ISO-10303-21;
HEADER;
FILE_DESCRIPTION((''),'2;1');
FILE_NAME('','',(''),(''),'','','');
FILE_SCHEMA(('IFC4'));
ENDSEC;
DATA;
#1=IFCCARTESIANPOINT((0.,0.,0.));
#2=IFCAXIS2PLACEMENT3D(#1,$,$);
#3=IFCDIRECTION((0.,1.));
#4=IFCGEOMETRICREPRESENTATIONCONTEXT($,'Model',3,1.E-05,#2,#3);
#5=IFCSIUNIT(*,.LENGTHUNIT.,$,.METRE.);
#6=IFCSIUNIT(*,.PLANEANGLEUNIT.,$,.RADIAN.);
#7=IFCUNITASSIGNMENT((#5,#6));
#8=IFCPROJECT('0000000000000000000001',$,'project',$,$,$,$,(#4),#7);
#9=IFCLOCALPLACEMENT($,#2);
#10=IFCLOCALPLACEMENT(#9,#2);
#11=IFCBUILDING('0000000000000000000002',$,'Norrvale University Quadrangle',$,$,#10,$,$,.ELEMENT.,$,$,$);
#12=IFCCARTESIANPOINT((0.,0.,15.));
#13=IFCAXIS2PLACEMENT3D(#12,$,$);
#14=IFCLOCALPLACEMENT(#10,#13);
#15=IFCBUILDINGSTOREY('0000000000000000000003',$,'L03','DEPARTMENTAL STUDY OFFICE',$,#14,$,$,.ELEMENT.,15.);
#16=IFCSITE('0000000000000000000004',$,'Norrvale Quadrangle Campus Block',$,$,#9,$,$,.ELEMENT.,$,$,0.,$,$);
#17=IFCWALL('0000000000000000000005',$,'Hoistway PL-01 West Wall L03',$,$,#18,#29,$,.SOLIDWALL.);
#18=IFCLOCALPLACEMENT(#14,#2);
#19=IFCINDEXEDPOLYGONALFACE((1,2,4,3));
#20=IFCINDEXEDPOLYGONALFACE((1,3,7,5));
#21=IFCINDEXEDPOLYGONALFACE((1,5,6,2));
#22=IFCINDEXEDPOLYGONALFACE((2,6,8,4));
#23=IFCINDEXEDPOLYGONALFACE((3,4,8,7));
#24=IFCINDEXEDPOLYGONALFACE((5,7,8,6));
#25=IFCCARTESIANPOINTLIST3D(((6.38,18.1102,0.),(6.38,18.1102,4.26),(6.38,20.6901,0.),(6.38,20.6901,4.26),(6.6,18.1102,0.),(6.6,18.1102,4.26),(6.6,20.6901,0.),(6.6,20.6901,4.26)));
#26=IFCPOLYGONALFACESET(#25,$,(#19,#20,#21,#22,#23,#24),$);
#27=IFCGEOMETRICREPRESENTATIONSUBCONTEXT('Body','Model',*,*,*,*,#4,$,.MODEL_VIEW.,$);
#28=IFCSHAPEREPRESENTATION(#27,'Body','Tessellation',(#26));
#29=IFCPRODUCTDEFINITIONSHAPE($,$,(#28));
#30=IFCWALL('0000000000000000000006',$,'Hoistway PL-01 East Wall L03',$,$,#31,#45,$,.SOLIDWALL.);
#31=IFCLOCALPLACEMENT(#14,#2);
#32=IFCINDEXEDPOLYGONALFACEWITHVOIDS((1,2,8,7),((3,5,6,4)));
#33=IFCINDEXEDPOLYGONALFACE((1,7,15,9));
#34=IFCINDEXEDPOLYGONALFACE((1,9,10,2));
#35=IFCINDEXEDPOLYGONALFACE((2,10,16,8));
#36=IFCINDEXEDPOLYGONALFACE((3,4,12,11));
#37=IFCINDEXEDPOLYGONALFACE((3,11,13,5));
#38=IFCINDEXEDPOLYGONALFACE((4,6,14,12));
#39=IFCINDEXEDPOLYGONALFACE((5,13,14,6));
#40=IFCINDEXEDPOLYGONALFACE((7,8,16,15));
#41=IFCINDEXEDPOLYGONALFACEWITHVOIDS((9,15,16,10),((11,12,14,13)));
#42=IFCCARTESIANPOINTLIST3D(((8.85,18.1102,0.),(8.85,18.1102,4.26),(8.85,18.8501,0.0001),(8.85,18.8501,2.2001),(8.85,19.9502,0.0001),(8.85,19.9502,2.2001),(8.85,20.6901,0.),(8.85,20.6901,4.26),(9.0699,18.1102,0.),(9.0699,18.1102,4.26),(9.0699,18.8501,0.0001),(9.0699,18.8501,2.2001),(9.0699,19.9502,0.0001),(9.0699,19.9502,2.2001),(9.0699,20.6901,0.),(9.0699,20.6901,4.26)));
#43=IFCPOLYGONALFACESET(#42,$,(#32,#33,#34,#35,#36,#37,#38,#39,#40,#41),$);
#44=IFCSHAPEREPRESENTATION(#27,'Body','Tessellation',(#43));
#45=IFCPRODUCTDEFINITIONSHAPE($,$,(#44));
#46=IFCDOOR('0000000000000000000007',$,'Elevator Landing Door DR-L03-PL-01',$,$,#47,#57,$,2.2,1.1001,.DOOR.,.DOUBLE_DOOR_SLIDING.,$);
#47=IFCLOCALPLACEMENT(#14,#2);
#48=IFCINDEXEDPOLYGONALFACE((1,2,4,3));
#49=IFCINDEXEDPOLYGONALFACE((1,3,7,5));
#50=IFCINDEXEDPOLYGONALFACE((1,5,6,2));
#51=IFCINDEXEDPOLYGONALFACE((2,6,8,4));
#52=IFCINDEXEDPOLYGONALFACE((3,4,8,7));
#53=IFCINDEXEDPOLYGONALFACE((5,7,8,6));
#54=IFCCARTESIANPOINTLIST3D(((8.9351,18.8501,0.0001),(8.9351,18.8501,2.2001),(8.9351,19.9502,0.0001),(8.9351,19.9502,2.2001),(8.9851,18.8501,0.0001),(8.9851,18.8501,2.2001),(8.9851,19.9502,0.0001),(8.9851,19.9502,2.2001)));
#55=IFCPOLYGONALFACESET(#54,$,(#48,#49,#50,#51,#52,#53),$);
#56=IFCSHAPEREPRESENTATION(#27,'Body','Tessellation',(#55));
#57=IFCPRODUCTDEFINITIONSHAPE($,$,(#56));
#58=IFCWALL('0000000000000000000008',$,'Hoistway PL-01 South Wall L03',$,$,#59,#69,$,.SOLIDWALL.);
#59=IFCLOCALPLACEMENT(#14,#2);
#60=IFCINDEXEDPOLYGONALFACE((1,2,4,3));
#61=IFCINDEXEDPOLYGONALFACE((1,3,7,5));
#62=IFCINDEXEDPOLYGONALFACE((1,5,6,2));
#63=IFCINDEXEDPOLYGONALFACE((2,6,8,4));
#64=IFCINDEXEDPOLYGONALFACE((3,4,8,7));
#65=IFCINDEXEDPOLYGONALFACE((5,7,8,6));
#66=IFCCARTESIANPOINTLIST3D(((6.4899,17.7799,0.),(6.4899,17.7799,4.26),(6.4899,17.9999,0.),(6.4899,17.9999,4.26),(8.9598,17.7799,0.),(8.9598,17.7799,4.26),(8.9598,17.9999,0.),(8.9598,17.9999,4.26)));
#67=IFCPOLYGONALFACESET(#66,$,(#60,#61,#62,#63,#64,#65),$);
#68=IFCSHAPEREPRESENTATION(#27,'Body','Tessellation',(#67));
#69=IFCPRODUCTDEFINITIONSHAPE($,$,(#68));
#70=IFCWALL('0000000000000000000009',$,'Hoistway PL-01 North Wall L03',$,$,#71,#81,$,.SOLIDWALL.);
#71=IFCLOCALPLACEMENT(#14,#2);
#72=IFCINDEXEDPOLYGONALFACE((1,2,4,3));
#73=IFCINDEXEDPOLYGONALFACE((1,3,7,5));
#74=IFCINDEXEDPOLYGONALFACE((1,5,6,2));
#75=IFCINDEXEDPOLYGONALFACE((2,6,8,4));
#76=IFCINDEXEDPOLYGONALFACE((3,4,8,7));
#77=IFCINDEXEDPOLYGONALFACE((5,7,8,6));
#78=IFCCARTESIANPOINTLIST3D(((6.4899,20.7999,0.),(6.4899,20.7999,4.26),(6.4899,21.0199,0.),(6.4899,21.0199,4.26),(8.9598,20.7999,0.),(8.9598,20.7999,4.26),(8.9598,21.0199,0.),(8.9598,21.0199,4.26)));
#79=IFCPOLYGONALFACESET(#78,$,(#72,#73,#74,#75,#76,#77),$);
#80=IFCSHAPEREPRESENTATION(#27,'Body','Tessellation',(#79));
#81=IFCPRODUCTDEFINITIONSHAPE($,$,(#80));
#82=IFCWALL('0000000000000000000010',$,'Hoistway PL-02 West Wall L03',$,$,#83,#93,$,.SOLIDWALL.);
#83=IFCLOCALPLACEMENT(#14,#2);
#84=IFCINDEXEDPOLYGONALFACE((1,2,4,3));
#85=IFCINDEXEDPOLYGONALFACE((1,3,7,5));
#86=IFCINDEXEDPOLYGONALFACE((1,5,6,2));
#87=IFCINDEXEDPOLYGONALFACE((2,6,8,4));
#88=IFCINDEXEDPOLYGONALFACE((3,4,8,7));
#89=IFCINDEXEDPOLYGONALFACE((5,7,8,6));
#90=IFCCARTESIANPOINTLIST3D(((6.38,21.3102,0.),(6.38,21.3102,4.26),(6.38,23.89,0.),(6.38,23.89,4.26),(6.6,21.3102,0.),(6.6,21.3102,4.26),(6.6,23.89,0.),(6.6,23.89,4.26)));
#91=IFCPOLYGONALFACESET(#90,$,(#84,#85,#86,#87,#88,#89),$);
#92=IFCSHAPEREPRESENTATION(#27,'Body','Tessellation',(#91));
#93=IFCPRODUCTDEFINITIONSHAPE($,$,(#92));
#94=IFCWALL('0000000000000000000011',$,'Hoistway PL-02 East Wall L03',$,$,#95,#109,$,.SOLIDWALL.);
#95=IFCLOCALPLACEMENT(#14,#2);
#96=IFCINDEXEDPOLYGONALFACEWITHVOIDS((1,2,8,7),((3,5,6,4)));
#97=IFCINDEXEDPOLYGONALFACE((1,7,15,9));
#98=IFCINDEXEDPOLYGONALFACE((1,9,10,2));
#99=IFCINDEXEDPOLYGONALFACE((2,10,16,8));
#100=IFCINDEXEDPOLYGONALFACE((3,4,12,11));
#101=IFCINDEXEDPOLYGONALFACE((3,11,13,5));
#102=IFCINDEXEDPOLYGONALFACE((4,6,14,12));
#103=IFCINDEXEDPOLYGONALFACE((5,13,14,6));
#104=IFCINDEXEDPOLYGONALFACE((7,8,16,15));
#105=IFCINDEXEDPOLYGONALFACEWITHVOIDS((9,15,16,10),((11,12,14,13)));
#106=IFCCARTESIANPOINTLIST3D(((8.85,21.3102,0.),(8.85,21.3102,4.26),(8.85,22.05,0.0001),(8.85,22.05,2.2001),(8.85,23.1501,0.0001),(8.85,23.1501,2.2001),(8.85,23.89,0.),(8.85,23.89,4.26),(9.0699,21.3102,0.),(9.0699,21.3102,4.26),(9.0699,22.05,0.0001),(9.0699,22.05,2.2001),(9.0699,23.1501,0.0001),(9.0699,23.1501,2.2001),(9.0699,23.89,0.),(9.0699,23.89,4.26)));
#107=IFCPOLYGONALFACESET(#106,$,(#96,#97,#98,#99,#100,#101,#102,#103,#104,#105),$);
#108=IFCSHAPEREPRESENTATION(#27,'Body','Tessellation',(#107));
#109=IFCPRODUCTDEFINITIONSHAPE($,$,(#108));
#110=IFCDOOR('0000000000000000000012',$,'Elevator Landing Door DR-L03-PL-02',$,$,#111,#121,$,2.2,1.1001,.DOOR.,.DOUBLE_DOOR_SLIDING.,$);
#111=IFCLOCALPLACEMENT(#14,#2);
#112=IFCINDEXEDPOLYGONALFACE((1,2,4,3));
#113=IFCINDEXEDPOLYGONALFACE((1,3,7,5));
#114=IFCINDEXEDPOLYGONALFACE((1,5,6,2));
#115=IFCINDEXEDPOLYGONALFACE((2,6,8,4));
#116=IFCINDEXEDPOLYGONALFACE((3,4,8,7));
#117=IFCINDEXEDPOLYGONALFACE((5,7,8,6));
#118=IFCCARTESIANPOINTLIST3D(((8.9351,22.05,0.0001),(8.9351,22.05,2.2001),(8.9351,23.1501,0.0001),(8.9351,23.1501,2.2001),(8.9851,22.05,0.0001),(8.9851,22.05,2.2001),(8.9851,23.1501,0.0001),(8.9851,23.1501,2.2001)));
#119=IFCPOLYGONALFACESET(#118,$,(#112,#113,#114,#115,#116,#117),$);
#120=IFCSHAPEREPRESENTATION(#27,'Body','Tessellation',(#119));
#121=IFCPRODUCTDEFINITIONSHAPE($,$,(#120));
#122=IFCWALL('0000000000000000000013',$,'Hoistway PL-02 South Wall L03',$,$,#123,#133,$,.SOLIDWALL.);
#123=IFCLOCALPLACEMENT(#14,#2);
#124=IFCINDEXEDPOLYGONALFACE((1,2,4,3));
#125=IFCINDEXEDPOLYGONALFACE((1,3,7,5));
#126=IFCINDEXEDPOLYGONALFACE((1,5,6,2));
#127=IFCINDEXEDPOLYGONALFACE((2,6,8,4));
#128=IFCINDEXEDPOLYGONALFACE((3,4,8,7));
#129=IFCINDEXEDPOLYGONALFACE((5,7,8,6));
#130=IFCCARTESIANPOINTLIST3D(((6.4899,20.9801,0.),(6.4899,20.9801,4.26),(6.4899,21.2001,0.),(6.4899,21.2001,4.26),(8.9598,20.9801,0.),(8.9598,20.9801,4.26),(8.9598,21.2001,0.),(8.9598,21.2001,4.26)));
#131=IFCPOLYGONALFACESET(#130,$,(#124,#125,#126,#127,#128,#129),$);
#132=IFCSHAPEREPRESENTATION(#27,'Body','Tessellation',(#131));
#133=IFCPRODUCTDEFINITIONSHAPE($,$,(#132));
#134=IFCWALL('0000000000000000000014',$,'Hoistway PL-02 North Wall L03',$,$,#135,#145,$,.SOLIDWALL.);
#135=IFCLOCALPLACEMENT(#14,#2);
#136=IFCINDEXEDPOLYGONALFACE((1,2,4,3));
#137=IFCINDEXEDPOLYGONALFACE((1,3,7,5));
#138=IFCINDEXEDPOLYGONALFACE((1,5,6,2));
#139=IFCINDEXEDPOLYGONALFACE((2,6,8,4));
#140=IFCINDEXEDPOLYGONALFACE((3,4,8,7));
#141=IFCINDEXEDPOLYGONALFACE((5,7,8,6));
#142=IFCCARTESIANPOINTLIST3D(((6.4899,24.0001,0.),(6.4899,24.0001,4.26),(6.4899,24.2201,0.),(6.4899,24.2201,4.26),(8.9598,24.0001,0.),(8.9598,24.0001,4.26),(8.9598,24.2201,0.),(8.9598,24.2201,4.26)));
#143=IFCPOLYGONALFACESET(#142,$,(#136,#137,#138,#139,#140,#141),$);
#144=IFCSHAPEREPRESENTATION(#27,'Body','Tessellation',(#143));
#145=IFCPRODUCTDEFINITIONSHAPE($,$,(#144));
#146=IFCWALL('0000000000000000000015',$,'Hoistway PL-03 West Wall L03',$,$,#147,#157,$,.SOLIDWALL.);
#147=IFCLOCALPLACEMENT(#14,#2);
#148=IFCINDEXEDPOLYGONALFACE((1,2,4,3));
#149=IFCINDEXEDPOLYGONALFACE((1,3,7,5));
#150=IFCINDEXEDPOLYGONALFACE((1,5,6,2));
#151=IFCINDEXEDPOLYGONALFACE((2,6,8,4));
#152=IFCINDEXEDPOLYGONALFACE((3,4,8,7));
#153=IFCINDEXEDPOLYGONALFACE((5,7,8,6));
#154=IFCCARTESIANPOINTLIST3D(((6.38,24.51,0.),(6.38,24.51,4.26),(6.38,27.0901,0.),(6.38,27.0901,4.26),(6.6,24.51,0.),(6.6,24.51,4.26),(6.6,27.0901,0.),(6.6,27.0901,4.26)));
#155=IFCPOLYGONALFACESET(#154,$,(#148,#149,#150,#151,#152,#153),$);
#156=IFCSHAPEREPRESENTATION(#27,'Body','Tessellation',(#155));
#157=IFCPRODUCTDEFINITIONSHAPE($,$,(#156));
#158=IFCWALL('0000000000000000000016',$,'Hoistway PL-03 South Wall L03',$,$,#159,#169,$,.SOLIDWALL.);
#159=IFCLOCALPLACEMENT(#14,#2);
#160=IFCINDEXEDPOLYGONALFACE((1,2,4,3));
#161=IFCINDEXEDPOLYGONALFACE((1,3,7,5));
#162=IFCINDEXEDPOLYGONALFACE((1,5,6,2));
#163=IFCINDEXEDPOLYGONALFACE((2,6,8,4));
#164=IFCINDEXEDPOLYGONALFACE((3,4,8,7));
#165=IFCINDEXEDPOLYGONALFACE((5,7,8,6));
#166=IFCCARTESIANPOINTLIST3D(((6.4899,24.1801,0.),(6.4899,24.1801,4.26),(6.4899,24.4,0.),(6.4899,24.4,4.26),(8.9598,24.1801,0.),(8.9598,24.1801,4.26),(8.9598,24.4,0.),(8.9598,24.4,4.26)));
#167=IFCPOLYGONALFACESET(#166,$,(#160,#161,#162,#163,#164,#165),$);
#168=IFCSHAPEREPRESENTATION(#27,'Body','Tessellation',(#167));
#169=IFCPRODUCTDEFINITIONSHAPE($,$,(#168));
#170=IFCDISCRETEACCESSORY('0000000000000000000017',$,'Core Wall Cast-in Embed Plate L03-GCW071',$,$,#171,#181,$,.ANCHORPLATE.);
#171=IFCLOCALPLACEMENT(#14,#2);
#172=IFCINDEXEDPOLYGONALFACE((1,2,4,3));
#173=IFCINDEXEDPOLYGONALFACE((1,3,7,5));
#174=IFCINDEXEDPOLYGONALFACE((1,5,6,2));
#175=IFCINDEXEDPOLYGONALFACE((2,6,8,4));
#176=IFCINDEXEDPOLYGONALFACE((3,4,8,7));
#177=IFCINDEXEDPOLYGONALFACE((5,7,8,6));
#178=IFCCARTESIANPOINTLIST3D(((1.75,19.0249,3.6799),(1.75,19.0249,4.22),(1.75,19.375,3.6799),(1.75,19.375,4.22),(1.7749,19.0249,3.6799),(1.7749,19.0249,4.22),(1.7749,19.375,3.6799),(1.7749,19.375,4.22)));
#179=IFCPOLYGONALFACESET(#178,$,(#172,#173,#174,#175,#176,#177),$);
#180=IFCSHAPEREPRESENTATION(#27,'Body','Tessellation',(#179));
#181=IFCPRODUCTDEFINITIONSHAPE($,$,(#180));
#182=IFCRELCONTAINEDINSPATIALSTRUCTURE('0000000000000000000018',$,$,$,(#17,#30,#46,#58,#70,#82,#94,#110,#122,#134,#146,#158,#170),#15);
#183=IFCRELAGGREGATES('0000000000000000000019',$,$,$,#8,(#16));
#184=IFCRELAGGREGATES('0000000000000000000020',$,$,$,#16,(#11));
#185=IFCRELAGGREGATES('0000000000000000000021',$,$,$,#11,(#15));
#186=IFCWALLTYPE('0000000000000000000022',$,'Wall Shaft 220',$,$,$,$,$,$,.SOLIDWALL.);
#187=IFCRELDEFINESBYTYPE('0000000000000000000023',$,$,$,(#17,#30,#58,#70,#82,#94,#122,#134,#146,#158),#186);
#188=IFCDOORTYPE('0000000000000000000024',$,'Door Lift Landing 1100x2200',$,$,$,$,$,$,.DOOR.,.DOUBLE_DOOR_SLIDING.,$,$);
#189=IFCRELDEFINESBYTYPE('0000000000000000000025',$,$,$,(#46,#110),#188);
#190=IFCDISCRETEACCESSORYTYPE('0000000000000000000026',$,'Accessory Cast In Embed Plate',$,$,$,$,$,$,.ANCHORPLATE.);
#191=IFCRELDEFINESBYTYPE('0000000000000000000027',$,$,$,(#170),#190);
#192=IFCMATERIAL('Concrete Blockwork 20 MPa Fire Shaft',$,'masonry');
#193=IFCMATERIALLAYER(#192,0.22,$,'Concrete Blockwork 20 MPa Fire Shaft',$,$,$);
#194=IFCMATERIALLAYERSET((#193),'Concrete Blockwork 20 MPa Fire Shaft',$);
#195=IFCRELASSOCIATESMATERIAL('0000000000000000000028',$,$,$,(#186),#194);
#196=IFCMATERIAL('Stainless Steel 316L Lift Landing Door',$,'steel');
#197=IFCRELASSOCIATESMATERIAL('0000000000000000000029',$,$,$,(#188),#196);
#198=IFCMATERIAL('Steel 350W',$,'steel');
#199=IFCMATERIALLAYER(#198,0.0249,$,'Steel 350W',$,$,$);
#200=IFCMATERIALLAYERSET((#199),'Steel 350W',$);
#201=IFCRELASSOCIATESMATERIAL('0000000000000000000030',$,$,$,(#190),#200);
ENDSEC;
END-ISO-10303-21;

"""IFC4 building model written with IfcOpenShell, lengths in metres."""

from ifc_helpers import new_model, si_unit, direction, frame, frame_2d, origin, origin_2d, place, context, subcontext, project, spatial, rectangle, extrude, material, layer, layer_set, type_object, element, fill, save


model = new_model("IFC4")

# Units and contexts
model_context = context("Model", 3, precision=1e-05, world=origin(), true_north=direction((0.0, 1.0)))
body_context = subcontext(model_context, "Body", "Model", "MODEL_VIEW")
ifc_project = project(units=[si_unit("LENGTHUNIT", "METRE"), si_unit("PLANEANGLEUNIT", "RADIAN")], contexts=[model_context])

# Site, building, storey
site_placement = place(None, origin())
site = spatial("IfcSite", under=ifc_project, at=site_placement, Name="Norrvale Quadrangle Campus Block", CompositionType="ELEMENT", RefElevation=0.0)
building_placement = place(site_placement, origin())
building = spatial("IfcBuilding", under=site, at=building_placement, Name="Norrvale University Quadrangle", CompositionType="ELEMENT")
storey_placement = place(building_placement, frame((0.0, 0.0, 15.0)))
storey = spatial("IfcBuildingStorey", under=building, at=storey_placement, Name="L03", Description="DEPARTMENTAL STUDY OFFICE", CompositionType="ELEMENT", Elevation=15.0)

# Shared definitions
ifc_material_1 = material(Name="Steel 350W", Category="steel")

# Wall
ifc_material_2 = material(Name="Concrete Blockwork 20 MPa Fire Shaft", Category="masonry")
ifc_layer_1 = layer(ifc_material_2, 0.22, Name="Concrete Blockwork 20 MPa Fire Shaft")
ifc_layer_set_1 = layer_set([ifc_layer_1], Name="Concrete Blockwork 20 MPa Fire Shaft")
wall_type = type_object("IfcWallType", Name="Wall Shaft 220", PredefinedType="SOLIDWALL", material=ifc_layer_set_1)
wall_1_placement = place(storey_placement, frame((6.49, 18.1101, 0.0), z_axis=(0.0, 0.0, 1.0), x_axis=(0.0, 1.0, 0.0)))
element("IfcWall", 1, at=wall_1_placement, inside=storey, type_object=wall_type, Name="Hoistway PL-01 West Wall L03", PredefinedType="SOLIDWALL", context=body_context, shape_type="SweptSolid", body=[
    extrude(rectangle(XDim=2.5798, YDim=0.22, at=frame_2d((1.29, 0.0))), origin(), (0.0, 0.0, 1.0), 4.26),
])

# Wall, opening, door
wall_2_placement = place(storey_placement, frame((8.96, 18.1101, 0.0), z_axis=(0.0, 0.0, 1.0), x_axis=(0.0, 1.0, 0.0)))
wall_2 = element("IfcWall", 2, at=wall_2_placement, inside=storey, type_object=wall_type, Name="Hoistway PL-01 East Wall L03", PredefinedType="SOLIDWALL", context=body_context, shape_type="SweptSolid", body=[
    extrude(rectangle(XDim=2.5798, YDim=0.22, at=frame_2d((1.29, 0.0))), origin(), (0.0, 0.0, 1.0), 4.26),
])
opening_1_placement = place(wall_2_placement, frame((0.74, 0.0, 0.0)))
opening_1 = element("IfcOpeningElement", 3, at=opening_1_placement, cuts=wall_2, PredefinedType="OPENING", context=body_context, shape_type="SweptSolid", body=[
    extrude(rectangle(XDim=1.1001, YDim=2.2, at=frame_2d((0.55, 1.1001))), frame((0.0, 0.1221, 0.0), z_axis=(0.0, -1.0, 0.0), x_axis=(1.0, 0.0, 0.0)), (0.0, 0.0, 1.0), 0.2439),
])
ifc_material_3 = material(Name="Stainless Steel 316L Lift Landing Door", Category="steel")
door_type = type_object("IfcDoorType", Name="Door Lift Landing 1100x2200", OperationType="DOUBLE_DOOR_SLIDING", PredefinedType="DOOR", material=ifc_material_3)
door_1_placement = place(opening_1_placement, origin())
door_1 = element("IfcDoor", 4, at=door_1_placement, inside=storey, type_object=door_type, Name="Elevator Landing Door DR-L03-PL-01", OperationType="DOUBLE_DOOR_SLIDING", OverallHeight=2.2, OverallWidth=1.1001, PredefinedType="DOOR", context=body_context, shape_type="SweptSolid", body=[
    extrude(rectangle(XDim=1.1001, YDim=2.2, at=frame_2d((0.55, 1.1001))), frame((0.0, 0.0249, 0.0), z_axis=(0.0, -1.0, 0.0), x_axis=(1.0, 0.0, 0.0)), (0.0, 0.0, 1.0), 0.05),
])
fill(opening_1, door_1)

# Walls
for number, where, z_axis, x_axis, name in (
    (5, (6.49, 17.8899, 0.0), (0.0, 0.0, 1.0), (1.0, 0.0, 0.0), "Hoistway PL-01 South Wall L03"),
    (6, (6.49, 20.9099, 0.0), (0.0, 0.0, 1.0), (1.0, 0.0, 0.0), "Hoistway PL-01 North Wall L03"),
):
    element("IfcWall", number, at=place(storey_placement, frame(where, z_axis=z_axis, x_axis=x_axis)), inside=storey, type_object=wall_type, Name=name, PredefinedType="SOLIDWALL", context=body_context, shape_type="SweptSolid", body=[
        extrude(rectangle(XDim=2.47, YDim=0.22, at=frame_2d((1.2349, 0.0))), origin(), (0.0, 0.0, 1.0), 4.26),
    ])
wall_3_placement = place(storey_placement, frame((6.49, 21.3101, 0.0), z_axis=(0.0, 0.0, 1.0), x_axis=(0.0, 1.0, 0.0)))
element("IfcWall", 7, at=wall_3_placement, inside=storey, type_object=wall_type, Name="Hoistway PL-02 West Wall L03", PredefinedType="SOLIDWALL", context=body_context, shape_type="SweptSolid", body=[
    extrude(rectangle(XDim=2.5798, YDim=0.22, at=frame_2d((1.29, 0.0))), origin(), (0.0, 0.0, 1.0), 4.26),
])

# Wall, opening, door
wall_4_placement = place(storey_placement, frame((8.96, 21.3101, 0.0), z_axis=(0.0, 0.0, 1.0), x_axis=(0.0, 1.0, 0.0)))
wall_4 = element("IfcWall", 8, at=wall_4_placement, inside=storey, type_object=wall_type, Name="Hoistway PL-02 East Wall L03", PredefinedType="SOLIDWALL", context=body_context, shape_type="SweptSolid", body=[
    extrude(rectangle(XDim=2.5798, YDim=0.22, at=frame_2d((1.29, 0.0))), origin(), (0.0, 0.0, 1.0), 4.26),
])
opening_2_placement = place(wall_4_placement, frame((0.74, 0.0, 0.0)))
opening_2 = element("IfcOpeningElement", 9, at=opening_2_placement, cuts=wall_4, PredefinedType="OPENING", context=body_context, shape_type="SweptSolid", body=[
    extrude(rectangle(XDim=1.1001, YDim=2.2, at=frame_2d((0.55, 1.1001))), frame((0.0, 0.1221, 0.0), z_axis=(0.0, -1.0, 0.0), x_axis=(1.0, 0.0, 0.0)), (0.0, 0.0, 1.0), 0.2439),
])
door_2_placement = place(opening_2_placement, origin())
door_2 = element("IfcDoor", 10, at=door_2_placement, inside=storey, type_object=door_type, Name="Elevator Landing Door DR-L03-PL-02", OperationType="DOUBLE_DOOR_SLIDING", OverallHeight=2.2, OverallWidth=1.1001, PredefinedType="DOOR", context=body_context, shape_type="SweptSolid", body=[
    extrude(rectangle(XDim=1.1001, YDim=2.2, at=frame_2d((0.55, 1.1001))), frame((0.0, 0.0249, 0.0), z_axis=(0.0, -1.0, 0.0), x_axis=(1.0, 0.0, 0.0)), (0.0, 0.0, 1.0), 0.05),
])
fill(opening_2, door_2)

# Walls
for number, where, z_axis, x_axis, name in (
    (11, (6.49, 21.0901, 0.0), (0.0, 0.0, 1.0), (1.0, 0.0, 0.0), "Hoistway PL-02 South Wall L03"),
    (12, (6.49, 24.1101, 0.0), (0.0, 0.0, 1.0), (1.0, 0.0, 0.0), "Hoistway PL-02 North Wall L03"),
):
    element("IfcWall", number, at=place(storey_placement, frame(where, z_axis=z_axis, x_axis=x_axis)), inside=storey, type_object=wall_type, Name=name, PredefinedType="SOLIDWALL", context=body_context, shape_type="SweptSolid", body=[
        extrude(rectangle(XDim=2.47, YDim=0.22, at=frame_2d((1.2349, 0.0))), origin(), (0.0, 0.0, 1.0), 4.26),
    ])
wall_5_placement = place(storey_placement, frame((6.49, 24.51, 0.0), z_axis=(0.0, 0.0, 1.0), x_axis=(0.0, 1.0, 0.0)))
element("IfcWall", 13, at=wall_5_placement, inside=storey, type_object=wall_type, Name="Hoistway PL-03 West Wall L03", PredefinedType="SOLIDWALL", context=body_context, shape_type="SweptSolid", body=[
    extrude(rectangle(XDim=2.5801, YDim=0.22, at=frame_2d((1.29, 0.0))), origin(), (0.0, 0.0, 1.0), 4.26),
])
wall_6_placement = place(storey_placement, frame((6.49, 24.29, 0.0), z_axis=(0.0, 0.0, 1.0), x_axis=(1.0, 0.0, 0.0)))
element("IfcWall", 14, at=wall_6_placement, inside=storey, type_object=wall_type, Name="Hoistway PL-03 South Wall L03", PredefinedType="SOLIDWALL", context=body_context, shape_type="SweptSolid", body=[
    extrude(rectangle(XDim=2.47, YDim=0.22, at=frame_2d((1.2349, 0.0))), origin(), (0.0, 0.0, 1.0), 4.26),
])

# Discrete accessory
ifc_layer_2 = layer(ifc_material_1, 0.0249, Name="Steel 350W")
ifc_layer_set_2 = layer_set([ifc_layer_2], Name="Steel 350W")
discrete_accessory_type = type_object("IfcDiscreteAccessoryType", Name="Accessory Cast In Embed Plate", PredefinedType="ANCHORPLATE", material=ifc_layer_set_2)
discrete_accessory_placement = place(storey_placement, frame((1.7625, 19.2, 3.6799), z_axis=(0.0, 0.0, 1.0), x_axis=(1.0, 0.0, 0.0)))
element("IfcDiscreteAccessory", 15, at=discrete_accessory_placement, inside=storey, type_object=discrete_accessory_type, Name="Core Wall Cast-in Embed Plate L03-GCW071", PredefinedType="ANCHORPLATE", context=body_context, shape_type="SweptSolid", body=[
    extrude(rectangle(XDim=0.0249, YDim=0.3501, at=origin_2d()), origin(), (0.0, 0.0, 1.0), 0.54),
])

save(model, "model.ifc")
